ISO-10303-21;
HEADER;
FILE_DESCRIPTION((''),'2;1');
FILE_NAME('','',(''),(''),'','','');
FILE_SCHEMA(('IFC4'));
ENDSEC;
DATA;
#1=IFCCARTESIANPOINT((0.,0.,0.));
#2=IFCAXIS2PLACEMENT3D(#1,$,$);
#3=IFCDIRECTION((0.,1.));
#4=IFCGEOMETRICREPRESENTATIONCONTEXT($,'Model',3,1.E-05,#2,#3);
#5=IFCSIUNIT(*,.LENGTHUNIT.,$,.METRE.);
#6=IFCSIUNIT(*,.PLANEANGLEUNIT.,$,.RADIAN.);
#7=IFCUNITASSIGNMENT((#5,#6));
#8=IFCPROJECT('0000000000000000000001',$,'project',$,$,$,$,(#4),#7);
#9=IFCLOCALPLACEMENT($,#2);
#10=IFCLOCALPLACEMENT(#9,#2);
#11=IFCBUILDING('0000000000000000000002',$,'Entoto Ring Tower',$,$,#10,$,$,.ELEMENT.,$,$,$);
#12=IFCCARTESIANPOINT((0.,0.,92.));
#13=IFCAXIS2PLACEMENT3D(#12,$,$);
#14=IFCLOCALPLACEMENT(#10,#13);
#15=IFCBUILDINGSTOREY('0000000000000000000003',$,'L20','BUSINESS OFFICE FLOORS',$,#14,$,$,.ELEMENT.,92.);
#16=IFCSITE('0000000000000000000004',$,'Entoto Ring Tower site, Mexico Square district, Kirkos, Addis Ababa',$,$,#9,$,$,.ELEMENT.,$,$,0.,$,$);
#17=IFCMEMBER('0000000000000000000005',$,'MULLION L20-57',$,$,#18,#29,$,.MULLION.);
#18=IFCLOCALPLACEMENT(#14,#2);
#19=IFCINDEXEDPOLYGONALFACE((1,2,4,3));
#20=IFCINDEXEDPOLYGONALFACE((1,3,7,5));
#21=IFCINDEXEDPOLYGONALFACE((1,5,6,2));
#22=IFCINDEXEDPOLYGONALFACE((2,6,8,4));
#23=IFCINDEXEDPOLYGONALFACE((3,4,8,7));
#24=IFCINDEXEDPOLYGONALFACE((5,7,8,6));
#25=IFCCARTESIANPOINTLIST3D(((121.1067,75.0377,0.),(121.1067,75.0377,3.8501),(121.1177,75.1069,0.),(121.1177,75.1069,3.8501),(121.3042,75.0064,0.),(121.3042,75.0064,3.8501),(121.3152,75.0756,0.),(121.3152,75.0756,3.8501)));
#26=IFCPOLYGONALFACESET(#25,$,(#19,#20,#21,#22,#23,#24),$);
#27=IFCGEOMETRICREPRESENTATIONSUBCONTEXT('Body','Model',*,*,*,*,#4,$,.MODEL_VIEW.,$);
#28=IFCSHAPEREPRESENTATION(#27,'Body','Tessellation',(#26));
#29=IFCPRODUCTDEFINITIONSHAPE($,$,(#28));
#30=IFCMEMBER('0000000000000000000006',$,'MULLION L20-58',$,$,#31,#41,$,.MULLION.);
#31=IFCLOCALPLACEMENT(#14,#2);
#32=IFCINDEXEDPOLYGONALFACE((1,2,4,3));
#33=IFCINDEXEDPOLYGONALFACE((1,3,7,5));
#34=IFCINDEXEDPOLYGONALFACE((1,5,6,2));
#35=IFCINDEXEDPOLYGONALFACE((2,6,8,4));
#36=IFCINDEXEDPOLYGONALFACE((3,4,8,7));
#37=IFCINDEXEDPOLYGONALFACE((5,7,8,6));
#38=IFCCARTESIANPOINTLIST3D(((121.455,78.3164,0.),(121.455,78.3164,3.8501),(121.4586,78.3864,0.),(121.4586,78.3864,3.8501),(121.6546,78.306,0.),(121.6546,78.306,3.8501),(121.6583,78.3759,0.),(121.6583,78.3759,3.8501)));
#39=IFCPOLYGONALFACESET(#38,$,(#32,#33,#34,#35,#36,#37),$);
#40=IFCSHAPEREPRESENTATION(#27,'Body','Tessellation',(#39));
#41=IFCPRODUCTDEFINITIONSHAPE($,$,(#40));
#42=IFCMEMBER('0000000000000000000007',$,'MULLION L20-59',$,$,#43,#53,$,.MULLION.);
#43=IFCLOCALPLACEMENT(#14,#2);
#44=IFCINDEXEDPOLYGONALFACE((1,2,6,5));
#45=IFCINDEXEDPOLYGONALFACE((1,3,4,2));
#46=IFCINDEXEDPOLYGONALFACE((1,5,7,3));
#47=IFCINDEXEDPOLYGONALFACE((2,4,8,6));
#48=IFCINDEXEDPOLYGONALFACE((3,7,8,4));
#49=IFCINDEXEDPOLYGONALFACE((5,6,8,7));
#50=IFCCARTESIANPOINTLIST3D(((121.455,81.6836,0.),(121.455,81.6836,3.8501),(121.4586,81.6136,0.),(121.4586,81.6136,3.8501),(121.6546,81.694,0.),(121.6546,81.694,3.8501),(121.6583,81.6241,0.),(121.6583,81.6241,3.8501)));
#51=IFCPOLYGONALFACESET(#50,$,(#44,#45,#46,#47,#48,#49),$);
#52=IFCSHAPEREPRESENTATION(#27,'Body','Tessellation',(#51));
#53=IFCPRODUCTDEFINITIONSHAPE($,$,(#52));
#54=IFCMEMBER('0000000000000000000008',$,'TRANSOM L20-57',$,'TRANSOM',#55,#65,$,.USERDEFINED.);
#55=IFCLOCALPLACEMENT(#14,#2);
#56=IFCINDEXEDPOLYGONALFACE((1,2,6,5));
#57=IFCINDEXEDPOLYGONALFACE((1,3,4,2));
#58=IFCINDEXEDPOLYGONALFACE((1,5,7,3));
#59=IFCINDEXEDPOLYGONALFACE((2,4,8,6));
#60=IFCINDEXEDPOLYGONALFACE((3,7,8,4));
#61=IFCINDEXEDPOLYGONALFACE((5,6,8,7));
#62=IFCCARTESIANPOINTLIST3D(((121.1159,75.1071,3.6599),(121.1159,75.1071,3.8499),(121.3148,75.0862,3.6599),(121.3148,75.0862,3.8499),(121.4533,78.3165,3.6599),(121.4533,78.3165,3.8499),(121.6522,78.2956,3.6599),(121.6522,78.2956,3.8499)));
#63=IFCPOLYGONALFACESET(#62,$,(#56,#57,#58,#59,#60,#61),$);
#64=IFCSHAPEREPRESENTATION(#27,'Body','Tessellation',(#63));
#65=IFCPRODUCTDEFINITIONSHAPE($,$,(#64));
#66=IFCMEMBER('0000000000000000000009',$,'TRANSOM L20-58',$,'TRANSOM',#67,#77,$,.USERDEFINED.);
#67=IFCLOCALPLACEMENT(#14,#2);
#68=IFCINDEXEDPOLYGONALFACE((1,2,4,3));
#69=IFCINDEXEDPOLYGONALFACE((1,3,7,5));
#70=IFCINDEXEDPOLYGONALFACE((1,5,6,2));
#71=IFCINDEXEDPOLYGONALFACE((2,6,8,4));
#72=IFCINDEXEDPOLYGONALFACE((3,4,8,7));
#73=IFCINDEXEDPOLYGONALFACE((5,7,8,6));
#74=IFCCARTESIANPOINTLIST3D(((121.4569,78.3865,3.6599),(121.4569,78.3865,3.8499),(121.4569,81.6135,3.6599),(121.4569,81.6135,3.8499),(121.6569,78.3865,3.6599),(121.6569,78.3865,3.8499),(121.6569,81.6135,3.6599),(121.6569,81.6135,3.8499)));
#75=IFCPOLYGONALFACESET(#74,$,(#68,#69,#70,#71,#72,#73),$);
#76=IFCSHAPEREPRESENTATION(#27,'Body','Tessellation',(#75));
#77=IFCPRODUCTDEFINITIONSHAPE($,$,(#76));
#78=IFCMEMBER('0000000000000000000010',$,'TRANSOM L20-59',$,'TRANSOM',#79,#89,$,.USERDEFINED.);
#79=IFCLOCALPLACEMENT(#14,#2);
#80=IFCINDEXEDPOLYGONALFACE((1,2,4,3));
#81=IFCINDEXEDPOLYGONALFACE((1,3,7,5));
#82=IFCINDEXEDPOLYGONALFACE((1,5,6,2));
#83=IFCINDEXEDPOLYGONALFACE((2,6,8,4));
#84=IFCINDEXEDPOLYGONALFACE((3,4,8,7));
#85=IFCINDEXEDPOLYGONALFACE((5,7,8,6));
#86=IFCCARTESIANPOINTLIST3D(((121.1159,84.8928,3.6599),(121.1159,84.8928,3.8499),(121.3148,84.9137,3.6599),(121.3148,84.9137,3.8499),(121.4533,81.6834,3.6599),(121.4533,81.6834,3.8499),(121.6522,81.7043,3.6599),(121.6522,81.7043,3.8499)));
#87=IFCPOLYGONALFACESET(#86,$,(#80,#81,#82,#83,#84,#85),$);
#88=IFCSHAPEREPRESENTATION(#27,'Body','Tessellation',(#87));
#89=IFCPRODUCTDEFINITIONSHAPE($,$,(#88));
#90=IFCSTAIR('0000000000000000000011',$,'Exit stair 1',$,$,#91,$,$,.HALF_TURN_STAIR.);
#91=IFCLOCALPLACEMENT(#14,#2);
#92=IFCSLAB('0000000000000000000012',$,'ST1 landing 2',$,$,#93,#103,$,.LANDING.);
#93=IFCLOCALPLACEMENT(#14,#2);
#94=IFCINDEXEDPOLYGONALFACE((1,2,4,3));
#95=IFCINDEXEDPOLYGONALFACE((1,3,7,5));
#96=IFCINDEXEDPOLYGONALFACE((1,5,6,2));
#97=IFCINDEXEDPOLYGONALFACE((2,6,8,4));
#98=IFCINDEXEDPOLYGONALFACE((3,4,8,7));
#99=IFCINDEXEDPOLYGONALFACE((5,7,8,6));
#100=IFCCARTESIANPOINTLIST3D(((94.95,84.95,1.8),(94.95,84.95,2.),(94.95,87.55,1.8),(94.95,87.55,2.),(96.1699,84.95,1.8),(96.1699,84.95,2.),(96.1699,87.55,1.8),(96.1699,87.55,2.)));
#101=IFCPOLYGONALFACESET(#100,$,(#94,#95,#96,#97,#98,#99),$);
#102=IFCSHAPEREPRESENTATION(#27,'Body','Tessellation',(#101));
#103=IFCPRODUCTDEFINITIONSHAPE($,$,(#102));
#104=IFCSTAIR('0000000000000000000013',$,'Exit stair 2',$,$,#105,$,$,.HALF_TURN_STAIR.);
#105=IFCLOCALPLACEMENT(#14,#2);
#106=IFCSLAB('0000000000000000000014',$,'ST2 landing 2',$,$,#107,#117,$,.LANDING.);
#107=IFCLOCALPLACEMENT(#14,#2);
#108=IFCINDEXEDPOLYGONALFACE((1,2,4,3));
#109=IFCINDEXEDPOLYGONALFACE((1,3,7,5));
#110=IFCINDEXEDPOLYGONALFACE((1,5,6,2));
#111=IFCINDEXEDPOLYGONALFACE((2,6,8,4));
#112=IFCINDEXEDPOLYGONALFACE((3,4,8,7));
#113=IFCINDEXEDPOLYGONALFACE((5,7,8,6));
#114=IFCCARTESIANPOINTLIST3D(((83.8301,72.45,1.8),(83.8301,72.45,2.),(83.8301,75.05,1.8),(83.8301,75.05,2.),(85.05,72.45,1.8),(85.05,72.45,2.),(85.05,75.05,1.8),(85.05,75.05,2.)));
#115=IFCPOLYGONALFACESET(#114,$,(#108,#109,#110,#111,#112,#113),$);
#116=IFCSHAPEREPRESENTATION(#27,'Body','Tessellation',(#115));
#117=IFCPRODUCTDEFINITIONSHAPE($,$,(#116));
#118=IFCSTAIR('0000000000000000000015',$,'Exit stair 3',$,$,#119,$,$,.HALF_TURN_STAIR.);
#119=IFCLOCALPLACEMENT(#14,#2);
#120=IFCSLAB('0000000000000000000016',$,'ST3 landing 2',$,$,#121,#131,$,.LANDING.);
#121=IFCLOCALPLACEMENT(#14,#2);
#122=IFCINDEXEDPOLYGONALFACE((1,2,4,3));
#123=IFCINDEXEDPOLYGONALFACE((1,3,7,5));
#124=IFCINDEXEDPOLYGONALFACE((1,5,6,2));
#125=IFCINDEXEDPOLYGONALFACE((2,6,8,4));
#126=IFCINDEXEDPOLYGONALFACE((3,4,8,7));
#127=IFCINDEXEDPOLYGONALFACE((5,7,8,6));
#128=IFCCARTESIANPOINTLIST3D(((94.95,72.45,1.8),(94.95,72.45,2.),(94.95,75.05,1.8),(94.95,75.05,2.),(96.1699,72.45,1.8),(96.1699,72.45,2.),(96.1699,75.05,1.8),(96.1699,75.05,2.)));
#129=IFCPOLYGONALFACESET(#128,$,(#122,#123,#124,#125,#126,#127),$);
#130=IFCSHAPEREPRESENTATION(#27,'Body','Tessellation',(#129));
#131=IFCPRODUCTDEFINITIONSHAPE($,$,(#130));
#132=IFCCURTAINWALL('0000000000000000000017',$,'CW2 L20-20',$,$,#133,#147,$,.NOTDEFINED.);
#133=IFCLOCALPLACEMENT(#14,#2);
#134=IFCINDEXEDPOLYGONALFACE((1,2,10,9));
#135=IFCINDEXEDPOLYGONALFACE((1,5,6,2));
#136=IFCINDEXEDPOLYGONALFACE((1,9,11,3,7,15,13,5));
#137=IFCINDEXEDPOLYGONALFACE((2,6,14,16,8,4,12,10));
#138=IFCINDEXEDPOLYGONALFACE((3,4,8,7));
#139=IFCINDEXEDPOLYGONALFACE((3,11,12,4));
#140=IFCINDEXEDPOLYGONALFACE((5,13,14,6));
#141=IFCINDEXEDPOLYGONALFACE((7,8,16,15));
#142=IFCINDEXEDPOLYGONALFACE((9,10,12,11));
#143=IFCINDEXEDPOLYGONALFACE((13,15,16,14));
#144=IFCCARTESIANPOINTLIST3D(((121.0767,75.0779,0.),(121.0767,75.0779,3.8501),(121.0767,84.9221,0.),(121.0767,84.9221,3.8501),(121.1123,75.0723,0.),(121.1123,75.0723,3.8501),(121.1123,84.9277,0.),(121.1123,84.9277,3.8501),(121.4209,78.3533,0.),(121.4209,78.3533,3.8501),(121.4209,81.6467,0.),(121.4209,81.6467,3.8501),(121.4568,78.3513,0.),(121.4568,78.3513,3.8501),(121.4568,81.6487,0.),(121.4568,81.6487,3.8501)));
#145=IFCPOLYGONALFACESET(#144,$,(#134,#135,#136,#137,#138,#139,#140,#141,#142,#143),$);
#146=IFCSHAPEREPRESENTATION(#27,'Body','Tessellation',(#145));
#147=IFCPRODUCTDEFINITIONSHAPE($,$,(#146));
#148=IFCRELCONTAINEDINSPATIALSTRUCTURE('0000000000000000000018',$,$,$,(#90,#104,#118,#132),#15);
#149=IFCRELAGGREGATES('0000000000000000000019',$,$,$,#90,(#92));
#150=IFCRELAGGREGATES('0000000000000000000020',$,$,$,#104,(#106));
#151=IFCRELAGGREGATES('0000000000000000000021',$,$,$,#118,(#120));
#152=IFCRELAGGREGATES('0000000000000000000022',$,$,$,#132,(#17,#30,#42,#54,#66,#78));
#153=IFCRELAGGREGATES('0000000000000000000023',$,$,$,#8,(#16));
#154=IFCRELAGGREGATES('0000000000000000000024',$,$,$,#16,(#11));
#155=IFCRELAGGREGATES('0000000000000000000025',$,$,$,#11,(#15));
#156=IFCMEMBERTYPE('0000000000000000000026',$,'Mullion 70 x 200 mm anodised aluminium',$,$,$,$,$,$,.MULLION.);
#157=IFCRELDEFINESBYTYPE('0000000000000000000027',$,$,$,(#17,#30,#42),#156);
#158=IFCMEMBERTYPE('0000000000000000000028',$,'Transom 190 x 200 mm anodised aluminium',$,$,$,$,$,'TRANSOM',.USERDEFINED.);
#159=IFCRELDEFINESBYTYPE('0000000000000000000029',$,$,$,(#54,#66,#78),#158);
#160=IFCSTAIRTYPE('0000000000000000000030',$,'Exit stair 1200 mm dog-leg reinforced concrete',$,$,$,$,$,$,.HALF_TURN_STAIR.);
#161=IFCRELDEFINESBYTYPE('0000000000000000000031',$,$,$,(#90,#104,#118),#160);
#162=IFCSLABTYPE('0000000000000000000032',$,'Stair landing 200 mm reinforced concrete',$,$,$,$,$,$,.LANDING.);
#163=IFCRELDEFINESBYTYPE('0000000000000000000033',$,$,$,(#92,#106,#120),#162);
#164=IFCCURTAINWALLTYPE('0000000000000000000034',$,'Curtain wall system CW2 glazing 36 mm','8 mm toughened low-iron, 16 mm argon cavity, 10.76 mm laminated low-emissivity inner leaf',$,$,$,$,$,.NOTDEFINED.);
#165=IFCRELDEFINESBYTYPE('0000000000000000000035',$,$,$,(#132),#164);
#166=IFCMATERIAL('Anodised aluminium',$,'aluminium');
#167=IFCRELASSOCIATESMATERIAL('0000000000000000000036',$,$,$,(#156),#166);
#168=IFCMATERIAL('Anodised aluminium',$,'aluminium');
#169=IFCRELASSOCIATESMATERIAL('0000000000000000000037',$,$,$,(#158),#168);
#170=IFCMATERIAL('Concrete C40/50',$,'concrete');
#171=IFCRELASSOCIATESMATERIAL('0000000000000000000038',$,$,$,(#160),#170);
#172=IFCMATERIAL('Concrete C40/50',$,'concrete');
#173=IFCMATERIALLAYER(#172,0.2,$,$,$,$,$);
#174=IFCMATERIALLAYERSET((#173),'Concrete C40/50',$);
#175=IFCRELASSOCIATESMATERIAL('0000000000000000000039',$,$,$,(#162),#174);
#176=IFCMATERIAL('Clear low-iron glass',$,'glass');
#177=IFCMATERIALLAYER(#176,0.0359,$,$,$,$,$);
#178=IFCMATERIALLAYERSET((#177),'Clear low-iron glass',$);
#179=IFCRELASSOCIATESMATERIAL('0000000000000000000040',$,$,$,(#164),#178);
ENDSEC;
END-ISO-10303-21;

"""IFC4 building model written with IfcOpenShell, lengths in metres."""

from ifc_helpers import new_model, si_unit, direction, frame, origin, origin_2d, place, context, subcontext, project, spatial, polyline, rectangle, outline, extrude, material, layer, layer_set, material_profile, profile_set, type_object, element, aggregate, save


model = new_model("IFC4")

# Units and contexts
model_context = context("Model", 3, precision=1e-05, world=origin(), true_north=direction((0.0, 1.0)))
body_context = subcontext(model_context, "Body", "Model", "MODEL_VIEW")
ifc_project = project(units=[si_unit("LENGTHUNIT", "METRE"), si_unit("PLANEANGLEUNIT", "RADIAN")], contexts=[model_context])

# Members
ifc_material_1 = material(Name="Anodised aluminium", Category="aluminium")
ifc_material_profile_1 = material_profile(ifc_material_1, rectangle(XDim=0.0701, YDim=0.2, at=origin_2d()), Name="Mullion 70 x 200 mm anodised aluminium")
ifc_profile_set_1 = profile_set([ifc_material_profile_1], Name="Anodised aluminium")
member_type_1 = type_object("IfcMemberType", Name="Mullion 70 x 200 mm anodised aluminium", PredefinedType="MULLION", material=ifc_profile_set_1)
site_placement = place(None, origin())
building_placement = place(site_placement, origin())
storey_placement = place(building_placement, frame((0.0, 0.0, 92.0)))
member_1_placement = place(storey_placement, frame((121.2109, 75.0566, 0.0), z_axis=(0.0, 0.0, 1.0), x_axis=(0.156434, 0.987688, 0.0)))
member_1 = element("IfcMember", 1, at=member_1_placement, type_object=member_type_1, Name="MULLION L20-57", PredefinedType="MULLION", context=body_context, shape_type="SweptSolid", body=[
    extrude(rectangle(XDim=0.0701, YDim=0.2, at=origin_2d()), origin(), (0.0, 0.0, 1.0), 3.8501),
])
member_2_placement = place(storey_placement, frame((121.5566, 78.3462, 0.0), z_axis=(0.0, 0.0, 1.0), x_axis=(0.052336, 0.99863, 0.0)))
member_2 = element("IfcMember", 2, at=member_2_placement, type_object=member_type_1, Name="MULLION L20-58", PredefinedType="MULLION", context=body_context, shape_type="SweptSolid", body=[
    extrude(rectangle(XDim=0.0701, YDim=0.2, at=origin_2d()), origin(), (0.0, 0.0, 1.0), 3.8501),
])
member_3_placement = place(storey_placement, frame((121.5566, 81.6538, 0.0), z_axis=(0.0, 0.0, 1.0), x_axis=(-0.052336, 0.99863, 0.0)))
member_3 = element("IfcMember", 3, at=member_3_placement, type_object=member_type_1, Name="MULLION L20-59", PredefinedType="MULLION", context=body_context, shape_type="SweptSolid", body=[
    extrude(rectangle(XDim=0.0701, YDim=0.2, at=origin_2d()), origin(), (0.0, 0.0, 1.0), 3.8501),
])
ifc_material_2 = material(Name="Anodised aluminium", Category="aluminium")
ifc_material_profile_2 = material_profile(ifc_material_2, rectangle(XDim=0.2, YDim=0.1899, at=origin_2d()), Name="Transom 190 x 200 mm anodised aluminium")
ifc_profile_set_2 = profile_set([ifc_material_profile_2], Name="Anodised aluminium")
member_type_2 = type_object("IfcMemberType", Name="Transom 190 x 200 mm anodised aluminium", ElementType="TRANSOM", PredefinedType="USERDEFINED", material=ifc_profile_set_2)
member_4_placement = place(storey_placement, frame((121.2153, 75.0967, 3.7549), z_axis=(0.104551, 0.99452, 0.0), x_axis=(-0.99452, 0.104551, 0.0)))
member_4 = element("IfcMember", 4, at=member_4_placement, type_object=member_type_2, Name="TRANSOM L20-57", ObjectType="TRANSOM", PredefinedType="USERDEFINED", context=body_context, shape_type="SweptSolid", body=[
    extrude(rectangle(XDim=0.2, YDim=0.1899, at=origin_2d()), origin(), (0.0, 0.0, 1.0), 3.2271),
])
member_5_placement = place(storey_placement, frame((121.5569, 78.3865, 3.7549), z_axis=(0.0, 1.0, 0.0), x_axis=(-1.0, 0.0, 0.0)))
member_5 = element("IfcMember", 5, at=member_5_placement, type_object=member_type_2, Name="TRANSOM L20-58", ObjectType="TRANSOM", PredefinedType="USERDEFINED", context=body_context, shape_type="SweptSolid", body=[
    extrude(rectangle(XDim=0.2, YDim=0.1899, at=origin_2d()), origin(), (0.0, 0.0, 1.0), 3.2271),
])
member_6_placement = place(storey_placement, frame((121.5527, 81.6938, 3.7549), z_axis=(-0.104551, 0.99452, 0.0), x_axis=(-0.99452, -0.104551, 0.0)))
member_6 = element("IfcMember", 6, at=member_6_placement, type_object=member_type_2, Name="TRANSOM L20-59", ObjectType="TRANSOM", PredefinedType="USERDEFINED", context=body_context, shape_type="SweptSolid", body=[
    extrude(rectangle(XDim=0.2, YDim=0.1899, at=origin_2d()), origin(), (0.0, 0.0, 1.0), 3.2271),
])

# Site, building, storey
site = spatial("IfcSite", under=ifc_project, at=site_placement, Name="Entoto Ring Tower site, Mexico Square district, Kirkos, Addis Ababa", CompositionType="ELEMENT", RefElevation=0.0)
building = spatial("IfcBuilding", under=site, at=building_placement, Name="Entoto Ring Tower", CompositionType="ELEMENT")
storey = spatial("IfcBuildingStorey", under=building, at=storey_placement, Name="L20", Description="BUSINESS OFFICE FLOORS", CompositionType="ELEMENT", Elevation=92.0)

# Stairs, slabs
ifc_material_3 = material(Name="Concrete C40/50", Category="concrete")
stair_type = type_object("IfcStairType", Name="Exit stair 1200 mm dog-leg reinforced concrete", PredefinedType="HALF_TURN_STAIR", material=ifc_material_3)
stair_1_placement = place(storey_placement, origin())
stair_1 = element("IfcStair", 7, at=stair_1_placement, inside=storey, type_object=stair_type, Name="Exit stair 1", PredefinedType="HALF_TURN_STAIR")
ifc_material_4 = material(Name="Concrete C40/50", Category="concrete")
ifc_layer_1 = layer(ifc_material_4, 0.2)
ifc_layer_set_1 = layer_set([ifc_layer_1], Name="Concrete C40/50")
slab_type = type_object("IfcSlabType", Name="Stair landing 200 mm reinforced concrete", PredefinedType="LANDING", material=ifc_layer_set_1)
slab_1_placement = place(storey_placement, frame((0.0, 0.0, 1.8)))
slab_1 = element("IfcSlab", 8, at=slab_1_placement, type_object=slab_type, Name="ST1 landing 2", PredefinedType="LANDING", context=body_context, shape_type="SweptSolid", body=[
    extrude(outline(polyline([(94.95, 84.95), (96.1699, 84.95), (96.1699, 87.55), (94.95, 87.55), (94.95, 84.95)])), origin(), (0.0, 0.0, 1.0), 0.2),
])
aggregate(stair_1, [slab_1])
stair_2_placement = place(storey_placement, origin())
stair_2 = element("IfcStair", 9, at=stair_2_placement, inside=storey, type_object=stair_type, Name="Exit stair 2", PredefinedType="HALF_TURN_STAIR")
slab_2_placement = place(storey_placement, frame((0.0, 0.0, 1.8)))
slab_2 = element("IfcSlab", 10, at=slab_2_placement, type_object=slab_type, Name="ST2 landing 2", PredefinedType="LANDING", context=body_context, shape_type="SweptSolid", body=[
    extrude(outline(polyline([(83.8301, 72.45), (85.05, 72.45), (85.05, 75.05), (83.8301, 75.05), (83.8301, 72.45)])), origin(), (0.0, 0.0, 1.0), 0.2),
])
aggregate(stair_2, [slab_2])
stair_3_placement = place(storey_placement, origin())
stair_3 = element("IfcStair", 11, at=stair_3_placement, inside=storey, type_object=stair_type, Name="Exit stair 3", PredefinedType="HALF_TURN_STAIR")
slab_3_placement = place(storey_placement, frame((0.0, 0.0, 1.8)))
slab_3 = element("IfcSlab", 12, at=slab_3_placement, type_object=slab_type, Name="ST3 landing 2", PredefinedType="LANDING", context=body_context, shape_type="SweptSolid", body=[
    extrude(outline(polyline([(94.95, 72.45), (96.1699, 72.45), (96.1699, 75.05), (94.95, 75.05), (94.95, 72.45)])), origin(), (0.0, 0.0, 1.0), 0.2),
])
aggregate(stair_3, [slab_3])

# Curtain wall
ifc_material_5 = material(Name="Clear low-iron glass", Category="glass")
ifc_layer_2 = layer(ifc_material_5, 0.0359)
ifc_layer_set_2 = layer_set([ifc_layer_2], Name="Clear low-iron glass")
curtain_wall_type = type_object("IfcCurtainWallType", Name="Curtain wall system CW2 glazing 36 mm", Description="8 mm toughened low-iron, 16 mm argon cavity, 10.76 mm laminated low-emissivity inner leaf", PredefinedType="NOTDEFINED", material=ifc_layer_set_2)
curtain_wall_1_placement = place(storey_placement, origin())
curtain_wall_1 = element("IfcCurtainWall", 13, at=curtain_wall_1_placement, inside=storey, type_object=curtain_wall_type, Name="CW2 L20-20", PredefinedType="NOTDEFINED", context=body_context, shape_type="SweptSolid", body=[
    extrude(outline(polyline([(121.1123, 75.0723), (121.4568, 78.3513), (121.4568, 81.6487), (121.1123, 84.9277), (121.0767, 84.9221), (121.4209, 81.6467), (121.4209, 78.3533), (121.0767, 75.0779), (121.1123, 75.0723)])), origin(), (0.0, 0.0, 1.0), 3.8501),
])
aggregate(curtain_wall_1, [member_1, member_2, member_3, member_4, member_5, member_6])

save(model, "model.ifc")
